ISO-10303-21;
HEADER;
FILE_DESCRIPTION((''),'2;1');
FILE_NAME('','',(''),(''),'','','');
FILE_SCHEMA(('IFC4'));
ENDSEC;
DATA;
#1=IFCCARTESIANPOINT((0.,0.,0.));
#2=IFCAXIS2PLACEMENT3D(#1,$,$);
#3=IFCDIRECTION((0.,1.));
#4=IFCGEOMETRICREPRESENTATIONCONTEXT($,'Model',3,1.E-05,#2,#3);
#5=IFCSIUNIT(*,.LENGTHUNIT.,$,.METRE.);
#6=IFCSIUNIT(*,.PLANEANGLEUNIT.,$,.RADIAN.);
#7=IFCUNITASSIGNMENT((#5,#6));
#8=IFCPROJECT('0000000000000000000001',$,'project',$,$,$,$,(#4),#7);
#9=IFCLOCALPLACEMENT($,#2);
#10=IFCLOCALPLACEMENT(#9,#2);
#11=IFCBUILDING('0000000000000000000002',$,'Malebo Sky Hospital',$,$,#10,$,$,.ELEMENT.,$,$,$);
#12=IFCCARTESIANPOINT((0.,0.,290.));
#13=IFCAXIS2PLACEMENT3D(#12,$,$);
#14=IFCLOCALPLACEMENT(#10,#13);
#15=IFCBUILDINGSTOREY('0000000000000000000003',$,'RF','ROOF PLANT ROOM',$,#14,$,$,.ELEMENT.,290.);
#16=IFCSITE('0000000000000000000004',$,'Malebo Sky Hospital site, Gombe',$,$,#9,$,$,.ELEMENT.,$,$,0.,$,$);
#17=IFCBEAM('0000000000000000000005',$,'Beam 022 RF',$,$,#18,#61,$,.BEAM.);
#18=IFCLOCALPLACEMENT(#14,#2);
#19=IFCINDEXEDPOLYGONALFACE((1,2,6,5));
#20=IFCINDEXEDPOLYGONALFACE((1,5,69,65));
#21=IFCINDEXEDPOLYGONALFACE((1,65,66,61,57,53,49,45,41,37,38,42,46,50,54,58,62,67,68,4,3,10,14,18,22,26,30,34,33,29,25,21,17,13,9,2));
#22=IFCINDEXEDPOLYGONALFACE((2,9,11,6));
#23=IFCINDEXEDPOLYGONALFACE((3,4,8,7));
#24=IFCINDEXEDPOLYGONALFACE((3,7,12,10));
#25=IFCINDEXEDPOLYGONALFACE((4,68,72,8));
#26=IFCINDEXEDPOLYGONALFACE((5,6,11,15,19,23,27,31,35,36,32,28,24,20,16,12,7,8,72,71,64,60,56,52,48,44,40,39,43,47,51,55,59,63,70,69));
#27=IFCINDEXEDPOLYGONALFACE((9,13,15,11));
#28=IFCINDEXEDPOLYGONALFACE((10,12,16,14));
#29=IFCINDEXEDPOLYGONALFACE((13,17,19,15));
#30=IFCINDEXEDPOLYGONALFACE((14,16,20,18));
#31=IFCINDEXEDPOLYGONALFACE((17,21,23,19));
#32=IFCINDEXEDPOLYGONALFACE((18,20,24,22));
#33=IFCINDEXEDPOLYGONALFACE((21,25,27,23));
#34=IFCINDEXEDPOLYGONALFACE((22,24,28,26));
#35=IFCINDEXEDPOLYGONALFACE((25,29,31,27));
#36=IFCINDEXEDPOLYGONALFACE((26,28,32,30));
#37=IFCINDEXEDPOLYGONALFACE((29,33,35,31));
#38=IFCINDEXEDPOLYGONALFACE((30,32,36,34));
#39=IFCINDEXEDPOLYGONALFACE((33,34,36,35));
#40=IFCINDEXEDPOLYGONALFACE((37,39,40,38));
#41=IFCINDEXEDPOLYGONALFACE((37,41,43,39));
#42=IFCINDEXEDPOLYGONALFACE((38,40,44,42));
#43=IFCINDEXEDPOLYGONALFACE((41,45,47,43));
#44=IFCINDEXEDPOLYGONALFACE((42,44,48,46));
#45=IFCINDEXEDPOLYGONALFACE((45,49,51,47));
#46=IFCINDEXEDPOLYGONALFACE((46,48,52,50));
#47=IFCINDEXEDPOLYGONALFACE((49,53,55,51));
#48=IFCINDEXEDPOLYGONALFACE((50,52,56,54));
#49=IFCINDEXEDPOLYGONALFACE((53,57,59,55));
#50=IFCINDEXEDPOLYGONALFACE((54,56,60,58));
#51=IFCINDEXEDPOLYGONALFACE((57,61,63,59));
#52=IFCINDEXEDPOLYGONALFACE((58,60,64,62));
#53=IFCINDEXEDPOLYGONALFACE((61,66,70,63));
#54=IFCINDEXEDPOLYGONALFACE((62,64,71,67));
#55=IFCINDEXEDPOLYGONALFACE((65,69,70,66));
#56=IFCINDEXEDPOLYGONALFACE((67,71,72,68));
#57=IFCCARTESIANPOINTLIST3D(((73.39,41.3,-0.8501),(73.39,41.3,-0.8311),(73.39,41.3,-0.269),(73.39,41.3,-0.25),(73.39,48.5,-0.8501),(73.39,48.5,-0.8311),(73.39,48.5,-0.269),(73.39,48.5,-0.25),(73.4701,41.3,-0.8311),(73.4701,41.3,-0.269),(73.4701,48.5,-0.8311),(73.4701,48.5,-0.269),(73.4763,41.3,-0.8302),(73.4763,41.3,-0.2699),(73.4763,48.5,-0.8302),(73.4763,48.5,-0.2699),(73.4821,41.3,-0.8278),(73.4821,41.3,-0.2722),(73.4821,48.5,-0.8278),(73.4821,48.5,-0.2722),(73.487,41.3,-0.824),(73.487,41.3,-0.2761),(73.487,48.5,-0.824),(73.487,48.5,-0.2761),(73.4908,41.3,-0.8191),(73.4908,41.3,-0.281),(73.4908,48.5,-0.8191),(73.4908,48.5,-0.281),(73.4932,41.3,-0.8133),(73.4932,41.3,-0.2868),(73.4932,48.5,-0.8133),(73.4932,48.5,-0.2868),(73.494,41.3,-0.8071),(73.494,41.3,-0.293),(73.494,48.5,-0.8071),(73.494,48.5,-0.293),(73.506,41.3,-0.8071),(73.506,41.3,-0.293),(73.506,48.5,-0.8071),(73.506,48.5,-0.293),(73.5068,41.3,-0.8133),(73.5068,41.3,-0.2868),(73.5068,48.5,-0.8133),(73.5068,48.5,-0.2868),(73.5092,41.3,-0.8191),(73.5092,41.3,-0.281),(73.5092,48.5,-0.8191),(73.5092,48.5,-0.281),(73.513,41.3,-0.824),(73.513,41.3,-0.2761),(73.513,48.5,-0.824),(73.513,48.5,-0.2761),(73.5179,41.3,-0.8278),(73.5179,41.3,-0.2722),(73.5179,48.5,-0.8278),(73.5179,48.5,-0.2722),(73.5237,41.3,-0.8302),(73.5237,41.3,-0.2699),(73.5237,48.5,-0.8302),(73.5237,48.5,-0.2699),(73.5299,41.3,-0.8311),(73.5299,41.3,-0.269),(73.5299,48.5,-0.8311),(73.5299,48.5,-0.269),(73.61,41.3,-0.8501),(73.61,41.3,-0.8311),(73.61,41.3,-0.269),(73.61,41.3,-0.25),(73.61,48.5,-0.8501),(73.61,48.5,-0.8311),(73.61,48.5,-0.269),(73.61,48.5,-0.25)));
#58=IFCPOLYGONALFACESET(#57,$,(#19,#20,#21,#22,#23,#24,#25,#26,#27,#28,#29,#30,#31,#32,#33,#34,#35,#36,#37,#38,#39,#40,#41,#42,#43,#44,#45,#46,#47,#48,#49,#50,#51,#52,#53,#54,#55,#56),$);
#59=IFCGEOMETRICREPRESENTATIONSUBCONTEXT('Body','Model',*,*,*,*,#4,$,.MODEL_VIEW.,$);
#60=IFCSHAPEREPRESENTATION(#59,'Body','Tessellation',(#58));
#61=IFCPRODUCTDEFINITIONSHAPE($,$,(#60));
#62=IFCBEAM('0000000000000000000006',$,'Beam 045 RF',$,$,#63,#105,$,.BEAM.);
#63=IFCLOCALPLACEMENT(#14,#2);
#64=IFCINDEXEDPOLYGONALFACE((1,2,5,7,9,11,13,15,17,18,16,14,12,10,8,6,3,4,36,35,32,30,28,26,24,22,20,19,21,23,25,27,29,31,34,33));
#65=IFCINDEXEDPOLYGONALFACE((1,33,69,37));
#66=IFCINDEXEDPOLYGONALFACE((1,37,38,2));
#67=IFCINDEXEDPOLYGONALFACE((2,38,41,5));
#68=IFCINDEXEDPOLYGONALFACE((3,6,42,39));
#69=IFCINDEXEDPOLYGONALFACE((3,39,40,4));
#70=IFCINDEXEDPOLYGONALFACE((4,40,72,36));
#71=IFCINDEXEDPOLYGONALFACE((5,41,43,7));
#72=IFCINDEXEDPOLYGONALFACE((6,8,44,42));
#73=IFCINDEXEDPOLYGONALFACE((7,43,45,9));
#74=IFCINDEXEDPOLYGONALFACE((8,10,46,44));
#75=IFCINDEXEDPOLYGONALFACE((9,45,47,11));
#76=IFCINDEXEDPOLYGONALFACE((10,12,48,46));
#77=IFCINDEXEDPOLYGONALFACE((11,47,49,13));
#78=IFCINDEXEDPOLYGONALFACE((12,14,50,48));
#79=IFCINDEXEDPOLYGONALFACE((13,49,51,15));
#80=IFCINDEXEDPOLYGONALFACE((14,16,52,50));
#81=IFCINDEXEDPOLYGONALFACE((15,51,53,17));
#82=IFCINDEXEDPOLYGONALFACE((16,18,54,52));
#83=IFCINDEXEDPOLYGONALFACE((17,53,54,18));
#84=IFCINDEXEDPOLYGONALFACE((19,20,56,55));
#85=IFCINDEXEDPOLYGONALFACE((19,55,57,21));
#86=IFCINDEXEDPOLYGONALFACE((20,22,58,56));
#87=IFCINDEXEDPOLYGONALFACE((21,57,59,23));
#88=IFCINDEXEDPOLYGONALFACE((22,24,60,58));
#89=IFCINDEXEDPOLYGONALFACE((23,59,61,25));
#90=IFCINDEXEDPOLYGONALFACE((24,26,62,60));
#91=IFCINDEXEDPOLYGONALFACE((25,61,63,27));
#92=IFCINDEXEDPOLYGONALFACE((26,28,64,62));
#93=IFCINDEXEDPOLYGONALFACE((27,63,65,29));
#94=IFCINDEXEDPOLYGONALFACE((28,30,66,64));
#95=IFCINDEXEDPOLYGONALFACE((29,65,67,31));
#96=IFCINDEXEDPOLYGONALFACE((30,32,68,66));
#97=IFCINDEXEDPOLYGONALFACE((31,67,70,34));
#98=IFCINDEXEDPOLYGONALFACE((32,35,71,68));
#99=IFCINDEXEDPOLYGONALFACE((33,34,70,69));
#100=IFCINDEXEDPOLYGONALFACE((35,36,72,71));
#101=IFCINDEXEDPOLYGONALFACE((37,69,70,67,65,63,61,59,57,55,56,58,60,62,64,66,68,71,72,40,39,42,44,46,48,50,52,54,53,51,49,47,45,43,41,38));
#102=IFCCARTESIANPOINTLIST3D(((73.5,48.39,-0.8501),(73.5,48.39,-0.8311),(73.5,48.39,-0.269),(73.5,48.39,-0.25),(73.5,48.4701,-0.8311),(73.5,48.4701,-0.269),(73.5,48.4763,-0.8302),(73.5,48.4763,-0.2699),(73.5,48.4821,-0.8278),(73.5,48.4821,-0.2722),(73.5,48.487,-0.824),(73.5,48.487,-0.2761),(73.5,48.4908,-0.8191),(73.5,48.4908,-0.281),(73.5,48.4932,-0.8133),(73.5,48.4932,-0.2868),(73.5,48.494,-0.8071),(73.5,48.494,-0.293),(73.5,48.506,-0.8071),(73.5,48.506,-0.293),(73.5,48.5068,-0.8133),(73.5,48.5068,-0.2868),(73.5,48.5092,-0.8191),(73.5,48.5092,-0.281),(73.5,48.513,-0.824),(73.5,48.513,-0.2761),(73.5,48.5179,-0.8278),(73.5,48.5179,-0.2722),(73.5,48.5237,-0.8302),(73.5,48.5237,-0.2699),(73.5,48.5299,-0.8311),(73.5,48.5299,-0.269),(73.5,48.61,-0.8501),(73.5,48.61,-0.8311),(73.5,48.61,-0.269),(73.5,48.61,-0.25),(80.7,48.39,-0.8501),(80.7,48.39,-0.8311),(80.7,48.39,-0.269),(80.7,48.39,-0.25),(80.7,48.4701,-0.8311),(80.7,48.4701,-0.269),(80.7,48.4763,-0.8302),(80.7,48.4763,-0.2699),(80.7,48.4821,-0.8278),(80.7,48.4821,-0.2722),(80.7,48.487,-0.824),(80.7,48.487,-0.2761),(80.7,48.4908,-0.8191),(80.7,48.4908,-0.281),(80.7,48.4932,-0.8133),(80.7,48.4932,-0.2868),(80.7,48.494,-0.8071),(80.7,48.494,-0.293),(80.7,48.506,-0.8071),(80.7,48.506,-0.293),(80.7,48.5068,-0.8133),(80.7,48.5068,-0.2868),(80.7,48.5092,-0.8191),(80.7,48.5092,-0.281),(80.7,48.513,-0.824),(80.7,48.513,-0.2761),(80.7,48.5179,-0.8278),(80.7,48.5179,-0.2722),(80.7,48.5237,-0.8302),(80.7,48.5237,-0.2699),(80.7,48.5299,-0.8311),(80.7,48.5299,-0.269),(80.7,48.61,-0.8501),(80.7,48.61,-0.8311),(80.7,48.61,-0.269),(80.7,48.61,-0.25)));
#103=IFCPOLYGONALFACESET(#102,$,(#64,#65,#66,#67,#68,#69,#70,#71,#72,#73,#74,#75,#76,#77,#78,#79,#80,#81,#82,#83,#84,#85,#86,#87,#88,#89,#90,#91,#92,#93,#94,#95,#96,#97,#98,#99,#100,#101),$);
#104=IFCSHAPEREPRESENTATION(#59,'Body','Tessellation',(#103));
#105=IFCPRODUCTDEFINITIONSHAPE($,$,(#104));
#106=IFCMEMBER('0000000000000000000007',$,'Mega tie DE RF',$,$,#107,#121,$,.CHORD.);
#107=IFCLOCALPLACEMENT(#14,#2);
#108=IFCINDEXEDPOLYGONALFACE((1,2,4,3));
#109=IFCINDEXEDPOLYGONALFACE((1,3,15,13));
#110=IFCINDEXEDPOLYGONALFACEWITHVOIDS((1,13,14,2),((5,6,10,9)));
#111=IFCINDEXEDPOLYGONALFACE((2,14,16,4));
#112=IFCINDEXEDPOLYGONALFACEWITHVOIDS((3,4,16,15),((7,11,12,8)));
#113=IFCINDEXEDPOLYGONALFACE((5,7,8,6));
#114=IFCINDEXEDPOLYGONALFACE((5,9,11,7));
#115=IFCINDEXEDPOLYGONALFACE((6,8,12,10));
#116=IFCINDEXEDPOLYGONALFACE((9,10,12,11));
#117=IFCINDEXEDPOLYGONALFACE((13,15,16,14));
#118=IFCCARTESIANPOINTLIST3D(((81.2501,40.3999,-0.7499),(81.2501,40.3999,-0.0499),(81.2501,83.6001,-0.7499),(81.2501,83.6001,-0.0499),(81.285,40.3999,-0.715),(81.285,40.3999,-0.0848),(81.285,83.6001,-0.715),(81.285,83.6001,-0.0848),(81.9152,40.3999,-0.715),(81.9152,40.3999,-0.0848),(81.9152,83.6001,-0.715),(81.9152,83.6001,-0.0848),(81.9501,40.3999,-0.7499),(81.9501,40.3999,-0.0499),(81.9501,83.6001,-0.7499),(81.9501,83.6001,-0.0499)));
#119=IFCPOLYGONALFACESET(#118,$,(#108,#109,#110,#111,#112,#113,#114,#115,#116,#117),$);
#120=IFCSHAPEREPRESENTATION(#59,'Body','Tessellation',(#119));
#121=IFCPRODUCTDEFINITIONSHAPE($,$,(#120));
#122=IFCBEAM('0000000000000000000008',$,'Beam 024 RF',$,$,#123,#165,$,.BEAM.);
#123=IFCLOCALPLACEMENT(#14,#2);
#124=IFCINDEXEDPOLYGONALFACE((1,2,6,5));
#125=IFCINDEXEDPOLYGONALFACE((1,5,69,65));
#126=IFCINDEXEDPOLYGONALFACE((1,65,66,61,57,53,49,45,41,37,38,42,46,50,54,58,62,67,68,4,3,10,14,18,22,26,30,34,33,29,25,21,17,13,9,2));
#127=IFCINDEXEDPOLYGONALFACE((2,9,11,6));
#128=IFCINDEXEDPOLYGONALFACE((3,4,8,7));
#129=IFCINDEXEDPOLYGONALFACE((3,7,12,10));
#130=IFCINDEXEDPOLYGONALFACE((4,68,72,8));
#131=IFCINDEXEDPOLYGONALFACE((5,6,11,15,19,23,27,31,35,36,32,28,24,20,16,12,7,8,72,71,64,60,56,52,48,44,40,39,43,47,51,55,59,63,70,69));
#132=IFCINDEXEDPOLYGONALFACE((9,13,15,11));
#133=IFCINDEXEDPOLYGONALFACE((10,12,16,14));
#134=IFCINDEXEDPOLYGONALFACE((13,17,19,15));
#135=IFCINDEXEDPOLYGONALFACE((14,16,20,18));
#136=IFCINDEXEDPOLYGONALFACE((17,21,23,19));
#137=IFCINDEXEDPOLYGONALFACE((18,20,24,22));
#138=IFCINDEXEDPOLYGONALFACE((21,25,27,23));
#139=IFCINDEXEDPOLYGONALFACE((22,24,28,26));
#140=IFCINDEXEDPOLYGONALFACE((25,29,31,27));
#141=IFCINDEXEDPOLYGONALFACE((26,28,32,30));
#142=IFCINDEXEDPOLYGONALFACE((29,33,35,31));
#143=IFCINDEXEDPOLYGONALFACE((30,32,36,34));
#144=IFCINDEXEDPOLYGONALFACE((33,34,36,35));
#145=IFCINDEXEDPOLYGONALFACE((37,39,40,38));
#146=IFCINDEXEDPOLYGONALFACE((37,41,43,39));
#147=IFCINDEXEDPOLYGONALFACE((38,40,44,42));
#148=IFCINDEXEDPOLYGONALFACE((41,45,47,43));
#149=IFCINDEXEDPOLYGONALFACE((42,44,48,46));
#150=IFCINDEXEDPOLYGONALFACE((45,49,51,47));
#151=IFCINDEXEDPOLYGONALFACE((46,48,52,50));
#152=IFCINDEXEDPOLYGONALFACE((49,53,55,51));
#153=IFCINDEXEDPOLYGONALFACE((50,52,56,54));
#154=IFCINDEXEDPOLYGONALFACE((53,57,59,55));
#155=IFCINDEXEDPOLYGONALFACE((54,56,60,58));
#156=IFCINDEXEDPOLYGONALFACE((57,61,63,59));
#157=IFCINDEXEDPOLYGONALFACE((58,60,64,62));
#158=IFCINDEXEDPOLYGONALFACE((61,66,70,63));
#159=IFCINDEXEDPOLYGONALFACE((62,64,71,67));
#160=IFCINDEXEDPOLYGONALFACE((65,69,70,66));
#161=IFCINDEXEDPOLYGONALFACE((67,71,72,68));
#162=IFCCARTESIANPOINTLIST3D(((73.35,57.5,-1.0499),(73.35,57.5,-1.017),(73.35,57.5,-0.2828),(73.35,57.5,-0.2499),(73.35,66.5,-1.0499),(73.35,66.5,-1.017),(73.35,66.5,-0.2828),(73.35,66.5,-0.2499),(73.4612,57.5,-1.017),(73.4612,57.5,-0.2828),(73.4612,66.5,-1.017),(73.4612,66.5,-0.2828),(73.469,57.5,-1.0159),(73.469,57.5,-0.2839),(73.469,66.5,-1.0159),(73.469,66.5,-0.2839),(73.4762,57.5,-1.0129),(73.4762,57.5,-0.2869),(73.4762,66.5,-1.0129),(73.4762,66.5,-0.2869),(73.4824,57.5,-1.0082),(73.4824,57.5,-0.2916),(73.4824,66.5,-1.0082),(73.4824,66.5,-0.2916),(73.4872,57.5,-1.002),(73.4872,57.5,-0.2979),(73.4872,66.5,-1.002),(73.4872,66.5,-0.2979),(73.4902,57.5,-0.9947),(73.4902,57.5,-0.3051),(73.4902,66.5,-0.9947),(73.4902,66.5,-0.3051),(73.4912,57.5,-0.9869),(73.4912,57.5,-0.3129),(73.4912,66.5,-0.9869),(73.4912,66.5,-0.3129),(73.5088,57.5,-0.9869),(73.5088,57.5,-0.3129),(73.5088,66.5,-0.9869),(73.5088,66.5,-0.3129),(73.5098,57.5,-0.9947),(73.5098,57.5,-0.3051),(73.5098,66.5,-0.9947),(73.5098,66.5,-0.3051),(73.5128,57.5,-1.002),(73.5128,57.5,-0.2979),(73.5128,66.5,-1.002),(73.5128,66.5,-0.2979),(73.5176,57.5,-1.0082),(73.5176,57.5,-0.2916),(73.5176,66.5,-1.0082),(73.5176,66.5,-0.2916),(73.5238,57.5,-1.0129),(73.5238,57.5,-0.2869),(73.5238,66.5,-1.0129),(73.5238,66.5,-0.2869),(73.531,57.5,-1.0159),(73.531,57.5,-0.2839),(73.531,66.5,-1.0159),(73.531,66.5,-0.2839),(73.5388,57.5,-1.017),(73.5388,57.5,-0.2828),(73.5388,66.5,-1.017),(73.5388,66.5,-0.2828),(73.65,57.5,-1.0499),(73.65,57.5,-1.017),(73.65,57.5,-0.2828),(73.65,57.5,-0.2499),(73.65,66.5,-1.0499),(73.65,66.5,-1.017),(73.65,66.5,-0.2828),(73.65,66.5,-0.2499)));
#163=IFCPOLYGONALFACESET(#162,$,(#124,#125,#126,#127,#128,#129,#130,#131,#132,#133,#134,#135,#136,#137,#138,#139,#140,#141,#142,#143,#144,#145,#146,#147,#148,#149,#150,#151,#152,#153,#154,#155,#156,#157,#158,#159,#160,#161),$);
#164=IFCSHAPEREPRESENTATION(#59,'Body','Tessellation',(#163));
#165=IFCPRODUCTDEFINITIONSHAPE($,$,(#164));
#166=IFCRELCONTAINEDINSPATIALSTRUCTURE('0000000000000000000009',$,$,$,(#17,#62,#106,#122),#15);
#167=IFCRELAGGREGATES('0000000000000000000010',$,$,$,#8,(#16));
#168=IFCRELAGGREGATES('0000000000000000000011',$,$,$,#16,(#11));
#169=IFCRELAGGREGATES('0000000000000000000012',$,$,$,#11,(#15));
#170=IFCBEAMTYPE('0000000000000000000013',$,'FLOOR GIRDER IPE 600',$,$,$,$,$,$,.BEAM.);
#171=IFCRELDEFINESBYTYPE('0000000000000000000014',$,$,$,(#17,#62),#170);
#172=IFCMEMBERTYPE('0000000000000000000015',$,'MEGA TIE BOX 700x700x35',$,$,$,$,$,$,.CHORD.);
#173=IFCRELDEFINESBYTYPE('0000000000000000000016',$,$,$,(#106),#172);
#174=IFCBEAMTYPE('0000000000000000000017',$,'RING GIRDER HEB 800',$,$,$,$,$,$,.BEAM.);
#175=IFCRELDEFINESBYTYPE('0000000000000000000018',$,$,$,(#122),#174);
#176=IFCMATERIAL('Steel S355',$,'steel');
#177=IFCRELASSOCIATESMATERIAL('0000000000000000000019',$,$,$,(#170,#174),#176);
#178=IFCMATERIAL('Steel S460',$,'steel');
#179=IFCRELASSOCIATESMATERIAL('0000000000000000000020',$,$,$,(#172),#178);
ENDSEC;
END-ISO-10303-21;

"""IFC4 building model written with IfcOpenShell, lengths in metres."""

from ifc_helpers import new_model, si_unit, direction, frame, origin, origin_2d, place, context, subcontext, project, spatial, hollow_rectangle, i_section, extrude, material, material_profile, profile_set, type_object, element, save


model = new_model("IFC4")

# Units and contexts
model_context = context("Model", 3, precision=1e-05, world=origin(), true_north=direction((0.0, 1.0)))
body_context = subcontext(model_context, "Body", "Model", "MODEL_VIEW")
ifc_project = project(units=[si_unit("LENGTHUNIT", "METRE"), si_unit("PLANEANGLEUNIT", "RADIAN")], contexts=[model_context])

# Site, building, storey
site_placement = place(None, origin())
site = spatial("IfcSite", under=ifc_project, at=site_placement, Name="Malebo Sky Hospital site, Gombe", CompositionType="ELEMENT", RefElevation=0.0)
building_placement = place(site_placement, origin())
building = spatial("IfcBuilding", under=site, at=building_placement, Name="Malebo Sky Hospital", CompositionType="ELEMENT")
storey_placement = place(building_placement, frame((0.0, 0.0, 290.0)))
storey = spatial("IfcBuildingStorey", under=building, at=storey_placement, Name="RF", Description="ROOF PLANT ROOM", CompositionType="ELEMENT", Elevation=290.0)

# Beams
ifc_material_1 = material(Name="Steel S355", Category="steel")
ifc_material_profile_1 = material_profile(ifc_material_1, i_section(OverallWidth=0.22, OverallDepth=0.6001, WebThickness=0.012, FlangeThickness=0.019, FilletRadius=0.0239, at=origin_2d()), Name="IPE 600")
ifc_profile_set_1 = profile_set([ifc_material_profile_1], Name="Steel S355")
beam_type_1 = type_object("IfcBeamType", Name="FLOOR GIRDER IPE 600", PredefinedType="BEAM", material=ifc_profile_set_1)
for number, where, z_axis, x_axis, name in (
    (1, (73.5, 41.3, -0.55), (0.0, 1.0, 0.0), (-1.0, 0.0, 0.0), "Beam 022 RF"),
    (2, (73.5, 48.5, -0.55), (1.0, 0.0, 0.0), (0.0, 1.0, 0.0), "Beam 045 RF"),
):
    element("IfcBeam", number, at=place(storey_placement, frame(where, z_axis=z_axis, x_axis=x_axis)), inside=storey, type_object=beam_type_1, Name=name, PredefinedType="BEAM", context=body_context, shape_type="SweptSolid", body=[
        extrude(i_section(OverallWidth=0.22, OverallDepth=0.6001, WebThickness=0.012, FlangeThickness=0.019, FilletRadius=0.0239, at=origin_2d()), origin(), (0.0, 0.0, 1.0), 7.2),
    ])

# Member
ifc_material_2 = material(Name="Steel S460", Category="steel")
ifc_material_profile_2 = material_profile(ifc_material_2, hollow_rectangle(XDim=0.7, YDim=0.7, WallThickness=0.0349, at=origin_2d()), Name="BOX 700x700x35")
ifc_profile_set_2 = profile_set([ifc_material_profile_2], Name="Steel S460")
member_type = type_object("IfcMemberType", Name="MEGA TIE BOX 700x700x35", PredefinedType="CHORD", material=ifc_profile_set_2)
member_placement = place(storey_placement, frame((81.6001, 40.3999, -0.3999), z_axis=(0.0, 1.0, 0.0), x_axis=(-1.0, 0.0, 0.0)))
element("IfcMember", 3, at=member_placement, inside=storey, type_object=member_type, Name="Mega tie DE RF", PredefinedType="CHORD", context=body_context, shape_type="SweptSolid", body=[
    extrude(hollow_rectangle(XDim=0.7, YDim=0.7, WallThickness=0.0349, at=origin_2d()), origin(), (0.0, 0.0, 1.0), 43.2002),
])

# Beam
ifc_material_profile_3 = material_profile(ifc_material_1, i_section(OverallWidth=0.3, OverallDepth=0.8, WebThickness=0.0176, FlangeThickness=0.033, FilletRadius=0.03, at=origin_2d()), Name="HEB 800")
ifc_profile_set_3 = profile_set([ifc_material_profile_3], Name="Steel S355")
beam_type_2 = type_object("IfcBeamType", Name="RING GIRDER HEB 800", PredefinedType="BEAM", material=ifc_profile_set_3)
for number, where, z_axis, x_axis, name in (
    (4, (73.5, 57.5, -0.6499), (0.0, 1.0, 0.0), (-1.0, 0.0, 0.0), "Beam 024 RF"),
):
    element("IfcBeam", number, at=place(storey_placement, frame(where, z_axis=z_axis, x_axis=x_axis)), inside=storey, type_object=beam_type_2, Name=name, PredefinedType="BEAM", context=body_context, shape_type="SweptSolid", body=[
        extrude(i_section(OverallWidth=0.3, OverallDepth=0.8, WebThickness=0.0176, FlangeThickness=0.033, FilletRadius=0.03, at=origin_2d()), origin(), (0.0, 0.0, 1.0), 9.0),
    ])

save(model, "model.ifc")
